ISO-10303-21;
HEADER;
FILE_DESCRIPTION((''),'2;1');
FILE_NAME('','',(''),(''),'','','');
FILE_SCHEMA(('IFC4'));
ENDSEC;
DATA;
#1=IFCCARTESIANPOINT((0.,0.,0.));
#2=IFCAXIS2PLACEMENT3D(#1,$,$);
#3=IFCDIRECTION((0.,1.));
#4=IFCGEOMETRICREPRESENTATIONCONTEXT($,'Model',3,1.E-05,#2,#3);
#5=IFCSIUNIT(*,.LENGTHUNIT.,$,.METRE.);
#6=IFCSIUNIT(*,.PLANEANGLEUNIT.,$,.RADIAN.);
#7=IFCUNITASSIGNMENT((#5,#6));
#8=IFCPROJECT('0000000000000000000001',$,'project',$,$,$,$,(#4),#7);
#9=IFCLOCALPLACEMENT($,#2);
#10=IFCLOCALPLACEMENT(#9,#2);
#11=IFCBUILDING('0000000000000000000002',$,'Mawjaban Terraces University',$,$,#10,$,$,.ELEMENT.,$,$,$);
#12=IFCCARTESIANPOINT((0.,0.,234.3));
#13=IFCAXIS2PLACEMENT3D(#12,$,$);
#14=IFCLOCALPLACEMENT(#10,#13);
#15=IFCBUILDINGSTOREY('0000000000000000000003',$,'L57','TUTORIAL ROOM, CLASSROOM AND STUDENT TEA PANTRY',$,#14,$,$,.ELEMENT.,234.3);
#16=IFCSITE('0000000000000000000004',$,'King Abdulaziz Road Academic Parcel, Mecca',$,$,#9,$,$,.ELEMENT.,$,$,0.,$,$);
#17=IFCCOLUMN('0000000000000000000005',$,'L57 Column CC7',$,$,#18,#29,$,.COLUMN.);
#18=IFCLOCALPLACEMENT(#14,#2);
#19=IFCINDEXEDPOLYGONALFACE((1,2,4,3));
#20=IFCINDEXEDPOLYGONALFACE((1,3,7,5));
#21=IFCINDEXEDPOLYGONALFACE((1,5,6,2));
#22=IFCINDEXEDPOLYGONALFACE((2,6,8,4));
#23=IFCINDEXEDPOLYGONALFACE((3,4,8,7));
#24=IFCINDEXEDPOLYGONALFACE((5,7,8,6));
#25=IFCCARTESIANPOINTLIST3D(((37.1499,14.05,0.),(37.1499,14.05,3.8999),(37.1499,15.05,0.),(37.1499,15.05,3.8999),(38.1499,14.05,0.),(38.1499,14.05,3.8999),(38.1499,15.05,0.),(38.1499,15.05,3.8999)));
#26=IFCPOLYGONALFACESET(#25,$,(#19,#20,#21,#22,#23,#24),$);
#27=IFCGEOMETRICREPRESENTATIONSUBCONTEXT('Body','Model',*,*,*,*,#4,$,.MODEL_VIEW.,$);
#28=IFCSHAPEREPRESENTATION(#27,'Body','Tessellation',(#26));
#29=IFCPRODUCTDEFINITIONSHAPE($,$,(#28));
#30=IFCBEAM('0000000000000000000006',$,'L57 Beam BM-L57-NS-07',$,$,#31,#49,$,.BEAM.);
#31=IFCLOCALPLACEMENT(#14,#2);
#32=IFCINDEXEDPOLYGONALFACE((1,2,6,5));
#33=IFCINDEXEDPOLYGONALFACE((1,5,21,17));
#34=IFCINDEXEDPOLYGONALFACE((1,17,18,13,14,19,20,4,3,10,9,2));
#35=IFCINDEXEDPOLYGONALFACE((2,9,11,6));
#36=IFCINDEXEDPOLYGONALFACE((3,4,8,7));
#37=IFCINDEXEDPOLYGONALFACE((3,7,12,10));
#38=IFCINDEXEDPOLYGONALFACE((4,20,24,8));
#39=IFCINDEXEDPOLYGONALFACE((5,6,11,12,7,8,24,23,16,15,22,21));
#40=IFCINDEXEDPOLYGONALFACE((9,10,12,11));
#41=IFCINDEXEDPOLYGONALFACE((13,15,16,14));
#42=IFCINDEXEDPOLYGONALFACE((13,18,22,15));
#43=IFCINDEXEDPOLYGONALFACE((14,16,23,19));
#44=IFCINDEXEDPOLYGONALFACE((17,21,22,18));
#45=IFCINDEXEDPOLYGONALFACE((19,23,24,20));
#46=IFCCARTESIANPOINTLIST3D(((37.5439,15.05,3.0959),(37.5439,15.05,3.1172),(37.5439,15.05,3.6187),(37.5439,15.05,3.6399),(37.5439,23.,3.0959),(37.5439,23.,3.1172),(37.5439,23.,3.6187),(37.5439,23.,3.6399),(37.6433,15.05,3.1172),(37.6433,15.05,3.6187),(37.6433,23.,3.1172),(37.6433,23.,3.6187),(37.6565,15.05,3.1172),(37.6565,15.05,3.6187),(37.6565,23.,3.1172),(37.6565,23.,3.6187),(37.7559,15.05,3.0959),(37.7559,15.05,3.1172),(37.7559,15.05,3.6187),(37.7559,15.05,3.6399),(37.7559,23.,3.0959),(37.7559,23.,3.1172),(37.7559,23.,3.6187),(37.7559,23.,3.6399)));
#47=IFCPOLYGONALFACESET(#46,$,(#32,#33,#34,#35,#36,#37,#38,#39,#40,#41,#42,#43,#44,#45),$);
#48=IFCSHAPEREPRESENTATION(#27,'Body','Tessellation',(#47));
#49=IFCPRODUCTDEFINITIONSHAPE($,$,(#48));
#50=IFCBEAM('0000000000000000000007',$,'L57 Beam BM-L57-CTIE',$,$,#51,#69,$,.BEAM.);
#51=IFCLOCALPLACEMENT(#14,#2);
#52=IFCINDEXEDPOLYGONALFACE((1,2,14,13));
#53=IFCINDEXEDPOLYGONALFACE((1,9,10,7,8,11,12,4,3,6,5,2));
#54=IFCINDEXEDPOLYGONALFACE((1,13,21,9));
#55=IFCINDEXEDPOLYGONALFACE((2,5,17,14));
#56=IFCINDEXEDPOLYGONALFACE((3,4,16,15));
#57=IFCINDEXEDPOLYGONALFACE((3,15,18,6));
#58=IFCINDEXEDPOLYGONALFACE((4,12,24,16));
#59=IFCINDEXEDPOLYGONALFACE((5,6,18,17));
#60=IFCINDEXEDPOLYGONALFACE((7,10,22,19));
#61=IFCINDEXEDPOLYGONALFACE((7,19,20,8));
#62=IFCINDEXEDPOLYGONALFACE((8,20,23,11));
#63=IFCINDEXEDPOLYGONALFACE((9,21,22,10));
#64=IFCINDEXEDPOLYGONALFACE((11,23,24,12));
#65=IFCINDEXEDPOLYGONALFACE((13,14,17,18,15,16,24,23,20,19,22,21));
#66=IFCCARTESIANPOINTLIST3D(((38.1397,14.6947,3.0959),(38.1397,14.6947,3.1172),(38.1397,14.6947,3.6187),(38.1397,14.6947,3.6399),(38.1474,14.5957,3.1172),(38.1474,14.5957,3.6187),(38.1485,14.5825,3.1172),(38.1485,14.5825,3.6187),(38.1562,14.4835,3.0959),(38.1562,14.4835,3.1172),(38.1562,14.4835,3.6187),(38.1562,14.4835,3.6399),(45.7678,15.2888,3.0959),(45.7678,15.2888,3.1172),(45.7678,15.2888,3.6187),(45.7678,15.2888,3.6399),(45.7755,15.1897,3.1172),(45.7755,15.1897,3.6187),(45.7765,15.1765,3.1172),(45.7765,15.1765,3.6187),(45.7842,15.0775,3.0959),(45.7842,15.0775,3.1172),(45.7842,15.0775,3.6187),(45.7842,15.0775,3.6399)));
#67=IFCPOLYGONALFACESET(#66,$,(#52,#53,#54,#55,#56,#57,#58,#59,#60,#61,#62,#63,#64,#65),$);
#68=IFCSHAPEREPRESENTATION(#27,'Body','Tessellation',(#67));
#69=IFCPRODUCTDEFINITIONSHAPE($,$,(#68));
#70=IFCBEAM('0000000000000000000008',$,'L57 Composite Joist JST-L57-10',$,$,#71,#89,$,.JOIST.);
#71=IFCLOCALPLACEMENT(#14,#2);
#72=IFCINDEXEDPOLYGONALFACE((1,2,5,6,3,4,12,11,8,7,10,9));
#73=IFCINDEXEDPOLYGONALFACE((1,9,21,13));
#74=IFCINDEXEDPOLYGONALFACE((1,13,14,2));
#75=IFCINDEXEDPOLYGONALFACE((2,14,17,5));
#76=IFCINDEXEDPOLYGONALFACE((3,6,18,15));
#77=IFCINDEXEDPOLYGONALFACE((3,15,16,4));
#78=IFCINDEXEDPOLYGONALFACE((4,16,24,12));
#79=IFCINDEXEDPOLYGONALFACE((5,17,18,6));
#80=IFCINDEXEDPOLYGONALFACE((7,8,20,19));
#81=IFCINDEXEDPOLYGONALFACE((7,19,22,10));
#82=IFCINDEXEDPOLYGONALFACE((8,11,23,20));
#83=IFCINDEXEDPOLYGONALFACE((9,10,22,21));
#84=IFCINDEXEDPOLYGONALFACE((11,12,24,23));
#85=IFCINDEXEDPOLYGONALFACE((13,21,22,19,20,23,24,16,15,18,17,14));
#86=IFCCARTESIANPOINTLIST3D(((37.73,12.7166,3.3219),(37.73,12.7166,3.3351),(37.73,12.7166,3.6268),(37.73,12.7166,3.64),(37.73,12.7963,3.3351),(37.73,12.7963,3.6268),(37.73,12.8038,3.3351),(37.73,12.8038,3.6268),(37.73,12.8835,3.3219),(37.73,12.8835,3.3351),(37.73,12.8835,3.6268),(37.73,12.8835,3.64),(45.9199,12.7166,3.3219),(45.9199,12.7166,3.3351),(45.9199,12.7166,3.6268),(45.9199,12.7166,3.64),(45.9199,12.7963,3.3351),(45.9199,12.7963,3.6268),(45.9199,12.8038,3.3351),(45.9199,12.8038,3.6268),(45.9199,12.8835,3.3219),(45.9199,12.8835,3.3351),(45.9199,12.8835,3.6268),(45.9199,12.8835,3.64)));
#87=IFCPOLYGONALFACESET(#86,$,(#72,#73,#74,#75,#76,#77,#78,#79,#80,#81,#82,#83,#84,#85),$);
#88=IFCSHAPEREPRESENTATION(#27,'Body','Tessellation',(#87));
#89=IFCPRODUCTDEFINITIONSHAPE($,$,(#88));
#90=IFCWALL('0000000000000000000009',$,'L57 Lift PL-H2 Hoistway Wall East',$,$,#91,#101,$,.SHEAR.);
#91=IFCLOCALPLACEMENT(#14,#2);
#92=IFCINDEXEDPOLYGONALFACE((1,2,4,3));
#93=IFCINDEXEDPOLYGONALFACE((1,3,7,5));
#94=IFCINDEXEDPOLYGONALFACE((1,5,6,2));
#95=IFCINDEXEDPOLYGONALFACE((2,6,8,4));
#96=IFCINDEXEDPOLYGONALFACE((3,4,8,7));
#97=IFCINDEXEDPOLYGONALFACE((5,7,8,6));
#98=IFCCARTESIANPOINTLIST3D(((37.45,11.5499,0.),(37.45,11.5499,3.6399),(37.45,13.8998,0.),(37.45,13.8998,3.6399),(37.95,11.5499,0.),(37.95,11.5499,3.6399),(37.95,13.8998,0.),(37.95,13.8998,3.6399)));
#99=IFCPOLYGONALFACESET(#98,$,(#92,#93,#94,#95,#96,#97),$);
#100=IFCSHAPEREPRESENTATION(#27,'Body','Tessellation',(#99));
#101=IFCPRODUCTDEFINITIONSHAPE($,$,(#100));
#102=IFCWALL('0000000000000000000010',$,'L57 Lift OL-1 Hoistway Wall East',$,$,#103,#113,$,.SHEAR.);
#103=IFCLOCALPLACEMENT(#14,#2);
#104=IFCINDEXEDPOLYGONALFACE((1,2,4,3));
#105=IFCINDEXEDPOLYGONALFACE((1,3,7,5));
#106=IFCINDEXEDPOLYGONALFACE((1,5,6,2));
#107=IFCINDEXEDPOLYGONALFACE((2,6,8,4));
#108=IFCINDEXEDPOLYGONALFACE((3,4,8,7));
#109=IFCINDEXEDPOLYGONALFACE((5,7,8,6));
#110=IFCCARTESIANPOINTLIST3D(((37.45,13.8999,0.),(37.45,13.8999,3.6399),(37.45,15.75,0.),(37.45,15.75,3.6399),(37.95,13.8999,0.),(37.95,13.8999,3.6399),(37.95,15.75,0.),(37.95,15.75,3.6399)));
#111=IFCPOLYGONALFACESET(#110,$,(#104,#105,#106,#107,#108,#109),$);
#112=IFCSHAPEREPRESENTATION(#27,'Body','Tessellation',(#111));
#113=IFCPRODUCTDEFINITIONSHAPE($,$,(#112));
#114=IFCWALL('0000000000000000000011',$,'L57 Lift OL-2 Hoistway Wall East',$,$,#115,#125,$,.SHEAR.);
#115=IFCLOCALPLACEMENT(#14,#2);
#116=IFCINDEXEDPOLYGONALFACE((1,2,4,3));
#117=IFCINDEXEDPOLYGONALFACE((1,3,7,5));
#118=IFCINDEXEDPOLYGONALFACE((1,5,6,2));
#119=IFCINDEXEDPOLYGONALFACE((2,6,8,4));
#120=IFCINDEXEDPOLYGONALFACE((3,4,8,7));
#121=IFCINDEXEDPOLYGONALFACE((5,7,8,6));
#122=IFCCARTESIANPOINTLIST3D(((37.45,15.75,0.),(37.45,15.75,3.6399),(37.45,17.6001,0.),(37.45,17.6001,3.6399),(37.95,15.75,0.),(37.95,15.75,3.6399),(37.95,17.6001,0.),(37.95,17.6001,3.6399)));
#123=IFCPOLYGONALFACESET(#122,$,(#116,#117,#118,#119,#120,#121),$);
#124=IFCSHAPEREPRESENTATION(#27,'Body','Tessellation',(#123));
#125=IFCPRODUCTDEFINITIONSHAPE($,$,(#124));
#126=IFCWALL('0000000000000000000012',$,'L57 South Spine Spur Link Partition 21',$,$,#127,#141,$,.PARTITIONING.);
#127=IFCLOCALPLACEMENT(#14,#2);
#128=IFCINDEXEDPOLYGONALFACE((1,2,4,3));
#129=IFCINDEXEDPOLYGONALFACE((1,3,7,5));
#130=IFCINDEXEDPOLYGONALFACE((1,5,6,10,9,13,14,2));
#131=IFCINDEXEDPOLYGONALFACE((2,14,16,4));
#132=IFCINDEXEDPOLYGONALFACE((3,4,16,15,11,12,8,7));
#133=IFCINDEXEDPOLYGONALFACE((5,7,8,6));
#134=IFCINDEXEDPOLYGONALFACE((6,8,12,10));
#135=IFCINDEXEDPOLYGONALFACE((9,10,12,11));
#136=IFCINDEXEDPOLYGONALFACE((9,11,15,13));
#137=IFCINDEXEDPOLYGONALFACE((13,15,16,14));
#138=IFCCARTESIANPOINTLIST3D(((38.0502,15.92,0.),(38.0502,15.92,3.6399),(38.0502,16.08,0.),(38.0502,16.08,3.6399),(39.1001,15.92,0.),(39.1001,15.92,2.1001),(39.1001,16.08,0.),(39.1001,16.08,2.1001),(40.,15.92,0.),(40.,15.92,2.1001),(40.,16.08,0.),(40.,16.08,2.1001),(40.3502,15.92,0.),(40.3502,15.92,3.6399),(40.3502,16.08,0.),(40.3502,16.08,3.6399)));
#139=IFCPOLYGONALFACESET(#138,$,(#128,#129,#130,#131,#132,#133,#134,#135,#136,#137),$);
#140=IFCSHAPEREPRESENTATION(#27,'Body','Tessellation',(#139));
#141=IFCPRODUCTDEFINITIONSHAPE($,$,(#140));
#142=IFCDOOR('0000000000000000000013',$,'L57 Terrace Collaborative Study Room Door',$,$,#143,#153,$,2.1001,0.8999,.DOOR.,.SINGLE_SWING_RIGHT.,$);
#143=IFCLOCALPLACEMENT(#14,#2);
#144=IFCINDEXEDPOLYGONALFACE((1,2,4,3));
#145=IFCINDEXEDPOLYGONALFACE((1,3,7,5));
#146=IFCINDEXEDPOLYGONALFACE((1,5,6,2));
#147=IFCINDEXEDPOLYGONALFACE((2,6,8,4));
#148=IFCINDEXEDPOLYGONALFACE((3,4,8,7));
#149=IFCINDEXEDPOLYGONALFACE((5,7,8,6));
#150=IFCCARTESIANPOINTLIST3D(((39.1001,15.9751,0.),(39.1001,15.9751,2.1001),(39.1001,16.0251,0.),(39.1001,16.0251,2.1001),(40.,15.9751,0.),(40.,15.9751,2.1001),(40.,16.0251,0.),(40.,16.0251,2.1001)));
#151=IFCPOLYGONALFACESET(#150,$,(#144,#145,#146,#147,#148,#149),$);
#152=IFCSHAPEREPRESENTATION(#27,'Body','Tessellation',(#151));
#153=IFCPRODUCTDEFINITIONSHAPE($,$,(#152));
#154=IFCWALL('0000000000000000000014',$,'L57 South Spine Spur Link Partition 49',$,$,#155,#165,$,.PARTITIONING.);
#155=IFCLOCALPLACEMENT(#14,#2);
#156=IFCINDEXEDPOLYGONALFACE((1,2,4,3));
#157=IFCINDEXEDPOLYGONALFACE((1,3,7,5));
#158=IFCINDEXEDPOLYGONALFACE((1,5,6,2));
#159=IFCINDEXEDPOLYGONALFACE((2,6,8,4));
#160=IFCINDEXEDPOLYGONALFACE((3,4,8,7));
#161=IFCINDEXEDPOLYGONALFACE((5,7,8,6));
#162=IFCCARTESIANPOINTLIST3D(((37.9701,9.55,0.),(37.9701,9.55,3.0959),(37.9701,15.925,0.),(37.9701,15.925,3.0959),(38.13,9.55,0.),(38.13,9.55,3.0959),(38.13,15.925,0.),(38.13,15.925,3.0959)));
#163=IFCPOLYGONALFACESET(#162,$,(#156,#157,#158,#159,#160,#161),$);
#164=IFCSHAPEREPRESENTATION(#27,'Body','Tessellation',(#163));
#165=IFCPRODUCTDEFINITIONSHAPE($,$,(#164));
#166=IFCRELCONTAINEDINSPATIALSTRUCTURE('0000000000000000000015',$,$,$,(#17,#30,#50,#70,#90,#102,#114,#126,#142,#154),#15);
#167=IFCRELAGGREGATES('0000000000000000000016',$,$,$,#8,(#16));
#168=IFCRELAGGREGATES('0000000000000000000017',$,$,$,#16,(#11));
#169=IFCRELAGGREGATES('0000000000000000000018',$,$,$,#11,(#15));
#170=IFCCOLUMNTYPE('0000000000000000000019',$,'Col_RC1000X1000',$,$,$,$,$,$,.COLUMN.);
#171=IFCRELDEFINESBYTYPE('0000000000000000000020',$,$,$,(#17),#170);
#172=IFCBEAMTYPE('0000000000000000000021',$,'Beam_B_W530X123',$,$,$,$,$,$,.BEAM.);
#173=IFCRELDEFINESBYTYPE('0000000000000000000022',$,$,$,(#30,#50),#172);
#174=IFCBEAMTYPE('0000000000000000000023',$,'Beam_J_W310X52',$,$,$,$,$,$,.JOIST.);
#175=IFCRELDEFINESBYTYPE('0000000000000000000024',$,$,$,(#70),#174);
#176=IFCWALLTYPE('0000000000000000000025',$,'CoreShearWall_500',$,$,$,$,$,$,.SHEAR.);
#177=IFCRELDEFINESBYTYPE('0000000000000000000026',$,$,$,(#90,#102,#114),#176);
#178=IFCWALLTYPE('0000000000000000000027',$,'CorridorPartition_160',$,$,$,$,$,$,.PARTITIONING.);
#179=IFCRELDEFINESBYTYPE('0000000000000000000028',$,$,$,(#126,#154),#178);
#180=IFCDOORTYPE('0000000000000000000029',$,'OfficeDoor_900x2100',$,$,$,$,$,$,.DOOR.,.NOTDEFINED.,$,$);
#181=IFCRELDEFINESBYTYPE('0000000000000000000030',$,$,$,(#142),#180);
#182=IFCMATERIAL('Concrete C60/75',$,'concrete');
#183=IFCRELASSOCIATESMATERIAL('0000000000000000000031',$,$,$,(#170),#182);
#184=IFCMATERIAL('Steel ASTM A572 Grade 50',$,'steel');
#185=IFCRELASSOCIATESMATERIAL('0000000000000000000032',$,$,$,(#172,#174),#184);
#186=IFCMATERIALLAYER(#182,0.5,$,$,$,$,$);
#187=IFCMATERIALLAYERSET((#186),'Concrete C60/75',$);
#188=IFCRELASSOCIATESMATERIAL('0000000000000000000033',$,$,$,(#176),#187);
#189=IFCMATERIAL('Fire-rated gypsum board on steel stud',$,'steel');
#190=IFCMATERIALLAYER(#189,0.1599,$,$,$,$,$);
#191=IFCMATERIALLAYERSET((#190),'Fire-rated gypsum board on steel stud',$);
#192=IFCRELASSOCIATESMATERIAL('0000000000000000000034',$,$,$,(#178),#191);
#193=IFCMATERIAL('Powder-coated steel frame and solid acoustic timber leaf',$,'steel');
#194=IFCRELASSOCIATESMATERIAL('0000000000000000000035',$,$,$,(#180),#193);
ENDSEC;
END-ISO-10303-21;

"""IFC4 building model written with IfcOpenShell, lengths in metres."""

from ifc_helpers import new_model, si_unit, direction, frame, frame_2d, origin, origin_2d, place, context, subcontext, project, spatial, rectangle, i_section, extrude, material, layer, layer_set, material_profile, profile_set, type_object, element, fill, save


model = new_model("IFC4")

# Units and contexts
model_context = context("Model", 3, precision=1e-05, world=origin(), true_north=direction((0.0, 1.0)))
body_context = subcontext(model_context, "Body", "Model", "MODEL_VIEW")
ifc_project = project(units=[si_unit("LENGTHUNIT", "METRE"), si_unit("PLANEANGLEUNIT", "RADIAN")], contexts=[model_context])

# Site, building, storey
site_placement = place(None, origin())
site = spatial("IfcSite", under=ifc_project, at=site_placement, Name="King Abdulaziz Road Academic Parcel, Mecca", CompositionType="ELEMENT", RefElevation=0.0)
building_placement = place(site_placement, origin())
building = spatial("IfcBuilding", under=site, at=building_placement, Name="Mawjaban Terraces University", CompositionType="ELEMENT")
storey_placement = place(building_placement, frame((0.0, 0.0, 234.3)))
storey = spatial("IfcBuildingStorey", under=building, at=storey_placement, Name="L57", Description="TUTORIAL ROOM, CLASSROOM AND STUDENT TEA PANTRY", CompositionType="ELEMENT", Elevation=234.3)

# Column
ifc_material_1 = material(Name="Concrete C60/75", Category="concrete")
ifc_material_profile_1 = material_profile(ifc_material_1, rectangle(XDim=1.0, YDim=1.0, at=origin_2d()), Name="RC1000X1000")
ifc_profile_set_1 = profile_set([ifc_material_profile_1], Name="Concrete C60/75")
column_type = type_object("IfcColumnType", Name="Col_RC1000X1000", PredefinedType="COLUMN", material=ifc_profile_set_1)
column_placement = place(storey_placement, frame((37.6499, 14.55, 0.0), z_axis=(0.0, 0.0, 1.0), x_axis=(1.0, 0.0, 0.0)))
element("IfcColumn", 1, at=column_placement, inside=storey, type_object=column_type, Name="L57 Column CC7", PredefinedType="COLUMN", context=body_context, shape_type="SweptSolid", body=[
    extrude(rectangle(XDim=1.0, YDim=1.0, at=origin_2d()), origin(), (0.0, 0.0, 1.0), 3.8999),
])

# Beams
ifc_material_2 = material(Name="Steel ASTM A572 Grade 50", Category="steel")
ifc_material_profile_2 = material_profile(ifc_material_2, i_section(OverallWidth=0.2119, OverallDepth=0.5439, WebThickness=0.0132, FlangeThickness=0.0212, at=origin_2d()), Name="W530X123")
ifc_profile_set_2 = profile_set([ifc_material_profile_2], Name="Steel ASTM A572 Grade 50")
beam_type_1 = type_object("IfcBeamType", Name="Beam_B_W530X123", PredefinedType="BEAM", material=ifc_profile_set_2)
beam_1_placement = place(storey_placement, frame((37.6499, 15.05, 3.3679), z_axis=(0.0, 1.0, 0.0), x_axis=(-1.0, 0.0, 0.0)))
element("IfcBeam", 2, at=beam_1_placement, inside=storey, type_object=beam_type_1, Name="L57 Beam BM-L57-NS-07", PredefinedType="BEAM", context=body_context, shape_type="SweptSolid", body=[
    extrude(i_section(OverallWidth=0.2119, OverallDepth=0.5439, WebThickness=0.0132, FlangeThickness=0.0212, at=origin_2d()), origin(), (0.0, 0.0, 1.0), 7.95),
])
beam_2_placement = place(storey_placement, frame((38.1479, 14.5891, 3.3679), z_axis=(0.996982, 0.077636, 0.0), x_axis=(-0.077636, 0.996982, 0.0)))
element("IfcBeam", 3, at=beam_2_placement, inside=storey, type_object=beam_type_1, Name="L57 Beam BM-L57-CTIE", PredefinedType="BEAM", context=body_context, shape_type="SweptSolid", body=[
    extrude(i_section(OverallWidth=0.2119, OverallDepth=0.5439, WebThickness=0.0132, FlangeThickness=0.0212, at=origin_2d()), origin(), (0.0, 0.0, 1.0), 7.6511),
])
ifc_material_profile_3 = material_profile(ifc_material_2, i_section(OverallWidth=0.167, OverallDepth=0.3181, WebThickness=0.0076, FlangeThickness=0.0132, at=origin_2d()), Name="W310X52")
ifc_profile_set_3 = profile_set([ifc_material_profile_3], Name="Steel ASTM A572 Grade 50")
beam_type_2 = type_object("IfcBeamType", Name="Beam_J_W310X52", PredefinedType="JOIST", material=ifc_profile_set_3)
beam_3_placement = place(storey_placement, frame((37.73, 12.8, 3.481), z_axis=(1.0, 0.0, 0.0), x_axis=(0.0, 1.0, 0.0)))
element("IfcBeam", 4, at=beam_3_placement, inside=storey, type_object=beam_type_2, Name="L57 Composite Joist JST-L57-10", PredefinedType="JOIST", context=body_context, shape_type="SweptSolid", body=[
    extrude(i_section(OverallWidth=0.167, OverallDepth=0.3181, WebThickness=0.0076, FlangeThickness=0.0132, at=origin_2d()), origin(), (0.0, 0.0, 1.0), 8.1899),
])

# Walls
ifc_layer_1 = layer(ifc_material_1, 0.5)
ifc_layer_set_1 = layer_set([ifc_layer_1], Name="Concrete C60/75")
wall_type_1 = type_object("IfcWallType", Name="CoreShearWall_500", PredefinedType="SHEAR", material=ifc_layer_set_1)
wall_1_placement = place(storey_placement, frame((37.7, 11.55, 0.0), z_axis=(0.0, 0.0, 1.0), x_axis=(0.0, 1.0, 0.0)))
element("IfcWall", 5, at=wall_1_placement, inside=storey, type_object=wall_type_1, Name="L57 Lift PL-H2 Hoistway Wall East", PredefinedType="SHEAR", context=body_context, shape_type="SweptSolid", body=[
    extrude(rectangle(XDim=2.3499, YDim=0.5, at=frame_2d((1.1748, 0.0))), origin(), (0.0, 0.0, 1.0), 3.6399),
])
for number, where, z_axis, x_axis, name in (
    (6, (37.7, 13.8999, 0.0), (0.0, 0.0, 1.0), (0.0, 1.0, 0.0), "L57 Lift OL-1 Hoistway Wall East"),
    (7, (37.7, 15.75, 0.0), (0.0, 0.0, 1.0), (0.0, 1.0, 0.0), "L57 Lift OL-2 Hoistway Wall East"),
):
    element("IfcWall", number, at=place(storey_placement, frame(where, z_axis=z_axis, x_axis=x_axis)), inside=storey, type_object=wall_type_1, Name=name, PredefinedType="SHEAR", context=body_context, shape_type="SweptSolid", body=[
        extrude(rectangle(XDim=1.8501, YDim=0.5, at=frame_2d((0.925, 0.0))), origin(), (0.0, 0.0, 1.0), 3.6399),
    ])

# Wall, opening, door
ifc_material_3 = material(Name="Fire-rated gypsum board on steel stud", Category="steel")
ifc_layer_2 = layer(ifc_material_3, 0.1599)
ifc_layer_set_2 = layer_set([ifc_layer_2], Name="Fire-rated gypsum board on steel stud")
wall_type_2 = type_object("IfcWallType", Name="CorridorPartition_160", PredefinedType="PARTITIONING", material=ifc_layer_set_2)
wall_2_placement = place(storey_placement, frame((40.3501, 16.0, 0.0), z_axis=(0.0, 0.0, 1.0), x_axis=(-1.0, 0.0, 0.0)))
wall_2 = element("IfcWall", 8, at=wall_2_placement, inside=storey, type_object=wall_type_2, Name="L57 South Spine Spur Link Partition 21", PredefinedType="PARTITIONING", context=body_context, shape_type="SweptSolid", body=[
    extrude(rectangle(XDim=2.3, YDim=0.1599, at=frame_2d((1.1499, 0.0))), origin(), (0.0, 0.0, 1.0), 3.6399),
])
opening_1_placement = place(wall_2_placement, frame((0.3501, 0.0, 0.0)))
opening_1 = element("IfcOpeningElement", 9, at=opening_1_placement, cuts=wall_2, PredefinedType="OPENING", context=body_context, shape_type="SweptSolid", body=[
    extrude(rectangle(XDim=0.8999, YDim=2.1001, at=frame_2d((0.45, 1.05))), frame((0.0, 0.0898, 0.0), z_axis=(0.0, -1.0, 0.0), x_axis=(1.0, 0.0, 0.0)), (0.0, 0.0, 1.0), 0.1799),
])
ifc_material_4 = material(Name="Powder-coated steel frame and solid acoustic timber leaf", Category="steel")
door_type_1 = type_object("IfcDoorType", Name="OfficeDoor_900x2100", OperationType="NOTDEFINED", PredefinedType="DOOR", material=ifc_material_4)
door_1_placement = place(opening_1_placement, origin())
door_1 = element("IfcDoor", 10, at=door_1_placement, inside=storey, type_object=door_type_1, Name="L57 Terrace Collaborative Study Room Door", OperationType="SINGLE_SWING_RIGHT", OverallHeight=2.1001, OverallWidth=0.8999, PredefinedType="DOOR", context=body_context, shape_type="SweptSolid", body=[
    extrude(rectangle(XDim=0.8999, YDim=2.1001, at=frame_2d((0.45, 1.05))), frame((0.0, 0.0249, 0.0), z_axis=(0.0, -1.0, 0.0), x_axis=(1.0, 0.0, 0.0)), (0.0, 0.0, 1.0), 0.05),
])
fill(opening_1, door_1)

# Wall
wall_3_placement = place(storey_placement, frame((38.05, 15.925, 0.0), z_axis=(0.0, 0.0, 1.0), x_axis=(0.0, -1.0, 0.0)))
element("IfcWall", 11, at=wall_3_placement, inside=storey, type_object=wall_type_2, Name="L57 South Spine Spur Link Partition 49", PredefinedType="PARTITIONING", context=body_context, shape_type="SweptSolid", body=[
    extrude(rectangle(XDim=6.375, YDim=0.1599, at=frame_2d((3.1875, 0.0))), origin(), (0.0, 0.0, 1.0), 3.0959),
])

save(model, "model.ifc")
